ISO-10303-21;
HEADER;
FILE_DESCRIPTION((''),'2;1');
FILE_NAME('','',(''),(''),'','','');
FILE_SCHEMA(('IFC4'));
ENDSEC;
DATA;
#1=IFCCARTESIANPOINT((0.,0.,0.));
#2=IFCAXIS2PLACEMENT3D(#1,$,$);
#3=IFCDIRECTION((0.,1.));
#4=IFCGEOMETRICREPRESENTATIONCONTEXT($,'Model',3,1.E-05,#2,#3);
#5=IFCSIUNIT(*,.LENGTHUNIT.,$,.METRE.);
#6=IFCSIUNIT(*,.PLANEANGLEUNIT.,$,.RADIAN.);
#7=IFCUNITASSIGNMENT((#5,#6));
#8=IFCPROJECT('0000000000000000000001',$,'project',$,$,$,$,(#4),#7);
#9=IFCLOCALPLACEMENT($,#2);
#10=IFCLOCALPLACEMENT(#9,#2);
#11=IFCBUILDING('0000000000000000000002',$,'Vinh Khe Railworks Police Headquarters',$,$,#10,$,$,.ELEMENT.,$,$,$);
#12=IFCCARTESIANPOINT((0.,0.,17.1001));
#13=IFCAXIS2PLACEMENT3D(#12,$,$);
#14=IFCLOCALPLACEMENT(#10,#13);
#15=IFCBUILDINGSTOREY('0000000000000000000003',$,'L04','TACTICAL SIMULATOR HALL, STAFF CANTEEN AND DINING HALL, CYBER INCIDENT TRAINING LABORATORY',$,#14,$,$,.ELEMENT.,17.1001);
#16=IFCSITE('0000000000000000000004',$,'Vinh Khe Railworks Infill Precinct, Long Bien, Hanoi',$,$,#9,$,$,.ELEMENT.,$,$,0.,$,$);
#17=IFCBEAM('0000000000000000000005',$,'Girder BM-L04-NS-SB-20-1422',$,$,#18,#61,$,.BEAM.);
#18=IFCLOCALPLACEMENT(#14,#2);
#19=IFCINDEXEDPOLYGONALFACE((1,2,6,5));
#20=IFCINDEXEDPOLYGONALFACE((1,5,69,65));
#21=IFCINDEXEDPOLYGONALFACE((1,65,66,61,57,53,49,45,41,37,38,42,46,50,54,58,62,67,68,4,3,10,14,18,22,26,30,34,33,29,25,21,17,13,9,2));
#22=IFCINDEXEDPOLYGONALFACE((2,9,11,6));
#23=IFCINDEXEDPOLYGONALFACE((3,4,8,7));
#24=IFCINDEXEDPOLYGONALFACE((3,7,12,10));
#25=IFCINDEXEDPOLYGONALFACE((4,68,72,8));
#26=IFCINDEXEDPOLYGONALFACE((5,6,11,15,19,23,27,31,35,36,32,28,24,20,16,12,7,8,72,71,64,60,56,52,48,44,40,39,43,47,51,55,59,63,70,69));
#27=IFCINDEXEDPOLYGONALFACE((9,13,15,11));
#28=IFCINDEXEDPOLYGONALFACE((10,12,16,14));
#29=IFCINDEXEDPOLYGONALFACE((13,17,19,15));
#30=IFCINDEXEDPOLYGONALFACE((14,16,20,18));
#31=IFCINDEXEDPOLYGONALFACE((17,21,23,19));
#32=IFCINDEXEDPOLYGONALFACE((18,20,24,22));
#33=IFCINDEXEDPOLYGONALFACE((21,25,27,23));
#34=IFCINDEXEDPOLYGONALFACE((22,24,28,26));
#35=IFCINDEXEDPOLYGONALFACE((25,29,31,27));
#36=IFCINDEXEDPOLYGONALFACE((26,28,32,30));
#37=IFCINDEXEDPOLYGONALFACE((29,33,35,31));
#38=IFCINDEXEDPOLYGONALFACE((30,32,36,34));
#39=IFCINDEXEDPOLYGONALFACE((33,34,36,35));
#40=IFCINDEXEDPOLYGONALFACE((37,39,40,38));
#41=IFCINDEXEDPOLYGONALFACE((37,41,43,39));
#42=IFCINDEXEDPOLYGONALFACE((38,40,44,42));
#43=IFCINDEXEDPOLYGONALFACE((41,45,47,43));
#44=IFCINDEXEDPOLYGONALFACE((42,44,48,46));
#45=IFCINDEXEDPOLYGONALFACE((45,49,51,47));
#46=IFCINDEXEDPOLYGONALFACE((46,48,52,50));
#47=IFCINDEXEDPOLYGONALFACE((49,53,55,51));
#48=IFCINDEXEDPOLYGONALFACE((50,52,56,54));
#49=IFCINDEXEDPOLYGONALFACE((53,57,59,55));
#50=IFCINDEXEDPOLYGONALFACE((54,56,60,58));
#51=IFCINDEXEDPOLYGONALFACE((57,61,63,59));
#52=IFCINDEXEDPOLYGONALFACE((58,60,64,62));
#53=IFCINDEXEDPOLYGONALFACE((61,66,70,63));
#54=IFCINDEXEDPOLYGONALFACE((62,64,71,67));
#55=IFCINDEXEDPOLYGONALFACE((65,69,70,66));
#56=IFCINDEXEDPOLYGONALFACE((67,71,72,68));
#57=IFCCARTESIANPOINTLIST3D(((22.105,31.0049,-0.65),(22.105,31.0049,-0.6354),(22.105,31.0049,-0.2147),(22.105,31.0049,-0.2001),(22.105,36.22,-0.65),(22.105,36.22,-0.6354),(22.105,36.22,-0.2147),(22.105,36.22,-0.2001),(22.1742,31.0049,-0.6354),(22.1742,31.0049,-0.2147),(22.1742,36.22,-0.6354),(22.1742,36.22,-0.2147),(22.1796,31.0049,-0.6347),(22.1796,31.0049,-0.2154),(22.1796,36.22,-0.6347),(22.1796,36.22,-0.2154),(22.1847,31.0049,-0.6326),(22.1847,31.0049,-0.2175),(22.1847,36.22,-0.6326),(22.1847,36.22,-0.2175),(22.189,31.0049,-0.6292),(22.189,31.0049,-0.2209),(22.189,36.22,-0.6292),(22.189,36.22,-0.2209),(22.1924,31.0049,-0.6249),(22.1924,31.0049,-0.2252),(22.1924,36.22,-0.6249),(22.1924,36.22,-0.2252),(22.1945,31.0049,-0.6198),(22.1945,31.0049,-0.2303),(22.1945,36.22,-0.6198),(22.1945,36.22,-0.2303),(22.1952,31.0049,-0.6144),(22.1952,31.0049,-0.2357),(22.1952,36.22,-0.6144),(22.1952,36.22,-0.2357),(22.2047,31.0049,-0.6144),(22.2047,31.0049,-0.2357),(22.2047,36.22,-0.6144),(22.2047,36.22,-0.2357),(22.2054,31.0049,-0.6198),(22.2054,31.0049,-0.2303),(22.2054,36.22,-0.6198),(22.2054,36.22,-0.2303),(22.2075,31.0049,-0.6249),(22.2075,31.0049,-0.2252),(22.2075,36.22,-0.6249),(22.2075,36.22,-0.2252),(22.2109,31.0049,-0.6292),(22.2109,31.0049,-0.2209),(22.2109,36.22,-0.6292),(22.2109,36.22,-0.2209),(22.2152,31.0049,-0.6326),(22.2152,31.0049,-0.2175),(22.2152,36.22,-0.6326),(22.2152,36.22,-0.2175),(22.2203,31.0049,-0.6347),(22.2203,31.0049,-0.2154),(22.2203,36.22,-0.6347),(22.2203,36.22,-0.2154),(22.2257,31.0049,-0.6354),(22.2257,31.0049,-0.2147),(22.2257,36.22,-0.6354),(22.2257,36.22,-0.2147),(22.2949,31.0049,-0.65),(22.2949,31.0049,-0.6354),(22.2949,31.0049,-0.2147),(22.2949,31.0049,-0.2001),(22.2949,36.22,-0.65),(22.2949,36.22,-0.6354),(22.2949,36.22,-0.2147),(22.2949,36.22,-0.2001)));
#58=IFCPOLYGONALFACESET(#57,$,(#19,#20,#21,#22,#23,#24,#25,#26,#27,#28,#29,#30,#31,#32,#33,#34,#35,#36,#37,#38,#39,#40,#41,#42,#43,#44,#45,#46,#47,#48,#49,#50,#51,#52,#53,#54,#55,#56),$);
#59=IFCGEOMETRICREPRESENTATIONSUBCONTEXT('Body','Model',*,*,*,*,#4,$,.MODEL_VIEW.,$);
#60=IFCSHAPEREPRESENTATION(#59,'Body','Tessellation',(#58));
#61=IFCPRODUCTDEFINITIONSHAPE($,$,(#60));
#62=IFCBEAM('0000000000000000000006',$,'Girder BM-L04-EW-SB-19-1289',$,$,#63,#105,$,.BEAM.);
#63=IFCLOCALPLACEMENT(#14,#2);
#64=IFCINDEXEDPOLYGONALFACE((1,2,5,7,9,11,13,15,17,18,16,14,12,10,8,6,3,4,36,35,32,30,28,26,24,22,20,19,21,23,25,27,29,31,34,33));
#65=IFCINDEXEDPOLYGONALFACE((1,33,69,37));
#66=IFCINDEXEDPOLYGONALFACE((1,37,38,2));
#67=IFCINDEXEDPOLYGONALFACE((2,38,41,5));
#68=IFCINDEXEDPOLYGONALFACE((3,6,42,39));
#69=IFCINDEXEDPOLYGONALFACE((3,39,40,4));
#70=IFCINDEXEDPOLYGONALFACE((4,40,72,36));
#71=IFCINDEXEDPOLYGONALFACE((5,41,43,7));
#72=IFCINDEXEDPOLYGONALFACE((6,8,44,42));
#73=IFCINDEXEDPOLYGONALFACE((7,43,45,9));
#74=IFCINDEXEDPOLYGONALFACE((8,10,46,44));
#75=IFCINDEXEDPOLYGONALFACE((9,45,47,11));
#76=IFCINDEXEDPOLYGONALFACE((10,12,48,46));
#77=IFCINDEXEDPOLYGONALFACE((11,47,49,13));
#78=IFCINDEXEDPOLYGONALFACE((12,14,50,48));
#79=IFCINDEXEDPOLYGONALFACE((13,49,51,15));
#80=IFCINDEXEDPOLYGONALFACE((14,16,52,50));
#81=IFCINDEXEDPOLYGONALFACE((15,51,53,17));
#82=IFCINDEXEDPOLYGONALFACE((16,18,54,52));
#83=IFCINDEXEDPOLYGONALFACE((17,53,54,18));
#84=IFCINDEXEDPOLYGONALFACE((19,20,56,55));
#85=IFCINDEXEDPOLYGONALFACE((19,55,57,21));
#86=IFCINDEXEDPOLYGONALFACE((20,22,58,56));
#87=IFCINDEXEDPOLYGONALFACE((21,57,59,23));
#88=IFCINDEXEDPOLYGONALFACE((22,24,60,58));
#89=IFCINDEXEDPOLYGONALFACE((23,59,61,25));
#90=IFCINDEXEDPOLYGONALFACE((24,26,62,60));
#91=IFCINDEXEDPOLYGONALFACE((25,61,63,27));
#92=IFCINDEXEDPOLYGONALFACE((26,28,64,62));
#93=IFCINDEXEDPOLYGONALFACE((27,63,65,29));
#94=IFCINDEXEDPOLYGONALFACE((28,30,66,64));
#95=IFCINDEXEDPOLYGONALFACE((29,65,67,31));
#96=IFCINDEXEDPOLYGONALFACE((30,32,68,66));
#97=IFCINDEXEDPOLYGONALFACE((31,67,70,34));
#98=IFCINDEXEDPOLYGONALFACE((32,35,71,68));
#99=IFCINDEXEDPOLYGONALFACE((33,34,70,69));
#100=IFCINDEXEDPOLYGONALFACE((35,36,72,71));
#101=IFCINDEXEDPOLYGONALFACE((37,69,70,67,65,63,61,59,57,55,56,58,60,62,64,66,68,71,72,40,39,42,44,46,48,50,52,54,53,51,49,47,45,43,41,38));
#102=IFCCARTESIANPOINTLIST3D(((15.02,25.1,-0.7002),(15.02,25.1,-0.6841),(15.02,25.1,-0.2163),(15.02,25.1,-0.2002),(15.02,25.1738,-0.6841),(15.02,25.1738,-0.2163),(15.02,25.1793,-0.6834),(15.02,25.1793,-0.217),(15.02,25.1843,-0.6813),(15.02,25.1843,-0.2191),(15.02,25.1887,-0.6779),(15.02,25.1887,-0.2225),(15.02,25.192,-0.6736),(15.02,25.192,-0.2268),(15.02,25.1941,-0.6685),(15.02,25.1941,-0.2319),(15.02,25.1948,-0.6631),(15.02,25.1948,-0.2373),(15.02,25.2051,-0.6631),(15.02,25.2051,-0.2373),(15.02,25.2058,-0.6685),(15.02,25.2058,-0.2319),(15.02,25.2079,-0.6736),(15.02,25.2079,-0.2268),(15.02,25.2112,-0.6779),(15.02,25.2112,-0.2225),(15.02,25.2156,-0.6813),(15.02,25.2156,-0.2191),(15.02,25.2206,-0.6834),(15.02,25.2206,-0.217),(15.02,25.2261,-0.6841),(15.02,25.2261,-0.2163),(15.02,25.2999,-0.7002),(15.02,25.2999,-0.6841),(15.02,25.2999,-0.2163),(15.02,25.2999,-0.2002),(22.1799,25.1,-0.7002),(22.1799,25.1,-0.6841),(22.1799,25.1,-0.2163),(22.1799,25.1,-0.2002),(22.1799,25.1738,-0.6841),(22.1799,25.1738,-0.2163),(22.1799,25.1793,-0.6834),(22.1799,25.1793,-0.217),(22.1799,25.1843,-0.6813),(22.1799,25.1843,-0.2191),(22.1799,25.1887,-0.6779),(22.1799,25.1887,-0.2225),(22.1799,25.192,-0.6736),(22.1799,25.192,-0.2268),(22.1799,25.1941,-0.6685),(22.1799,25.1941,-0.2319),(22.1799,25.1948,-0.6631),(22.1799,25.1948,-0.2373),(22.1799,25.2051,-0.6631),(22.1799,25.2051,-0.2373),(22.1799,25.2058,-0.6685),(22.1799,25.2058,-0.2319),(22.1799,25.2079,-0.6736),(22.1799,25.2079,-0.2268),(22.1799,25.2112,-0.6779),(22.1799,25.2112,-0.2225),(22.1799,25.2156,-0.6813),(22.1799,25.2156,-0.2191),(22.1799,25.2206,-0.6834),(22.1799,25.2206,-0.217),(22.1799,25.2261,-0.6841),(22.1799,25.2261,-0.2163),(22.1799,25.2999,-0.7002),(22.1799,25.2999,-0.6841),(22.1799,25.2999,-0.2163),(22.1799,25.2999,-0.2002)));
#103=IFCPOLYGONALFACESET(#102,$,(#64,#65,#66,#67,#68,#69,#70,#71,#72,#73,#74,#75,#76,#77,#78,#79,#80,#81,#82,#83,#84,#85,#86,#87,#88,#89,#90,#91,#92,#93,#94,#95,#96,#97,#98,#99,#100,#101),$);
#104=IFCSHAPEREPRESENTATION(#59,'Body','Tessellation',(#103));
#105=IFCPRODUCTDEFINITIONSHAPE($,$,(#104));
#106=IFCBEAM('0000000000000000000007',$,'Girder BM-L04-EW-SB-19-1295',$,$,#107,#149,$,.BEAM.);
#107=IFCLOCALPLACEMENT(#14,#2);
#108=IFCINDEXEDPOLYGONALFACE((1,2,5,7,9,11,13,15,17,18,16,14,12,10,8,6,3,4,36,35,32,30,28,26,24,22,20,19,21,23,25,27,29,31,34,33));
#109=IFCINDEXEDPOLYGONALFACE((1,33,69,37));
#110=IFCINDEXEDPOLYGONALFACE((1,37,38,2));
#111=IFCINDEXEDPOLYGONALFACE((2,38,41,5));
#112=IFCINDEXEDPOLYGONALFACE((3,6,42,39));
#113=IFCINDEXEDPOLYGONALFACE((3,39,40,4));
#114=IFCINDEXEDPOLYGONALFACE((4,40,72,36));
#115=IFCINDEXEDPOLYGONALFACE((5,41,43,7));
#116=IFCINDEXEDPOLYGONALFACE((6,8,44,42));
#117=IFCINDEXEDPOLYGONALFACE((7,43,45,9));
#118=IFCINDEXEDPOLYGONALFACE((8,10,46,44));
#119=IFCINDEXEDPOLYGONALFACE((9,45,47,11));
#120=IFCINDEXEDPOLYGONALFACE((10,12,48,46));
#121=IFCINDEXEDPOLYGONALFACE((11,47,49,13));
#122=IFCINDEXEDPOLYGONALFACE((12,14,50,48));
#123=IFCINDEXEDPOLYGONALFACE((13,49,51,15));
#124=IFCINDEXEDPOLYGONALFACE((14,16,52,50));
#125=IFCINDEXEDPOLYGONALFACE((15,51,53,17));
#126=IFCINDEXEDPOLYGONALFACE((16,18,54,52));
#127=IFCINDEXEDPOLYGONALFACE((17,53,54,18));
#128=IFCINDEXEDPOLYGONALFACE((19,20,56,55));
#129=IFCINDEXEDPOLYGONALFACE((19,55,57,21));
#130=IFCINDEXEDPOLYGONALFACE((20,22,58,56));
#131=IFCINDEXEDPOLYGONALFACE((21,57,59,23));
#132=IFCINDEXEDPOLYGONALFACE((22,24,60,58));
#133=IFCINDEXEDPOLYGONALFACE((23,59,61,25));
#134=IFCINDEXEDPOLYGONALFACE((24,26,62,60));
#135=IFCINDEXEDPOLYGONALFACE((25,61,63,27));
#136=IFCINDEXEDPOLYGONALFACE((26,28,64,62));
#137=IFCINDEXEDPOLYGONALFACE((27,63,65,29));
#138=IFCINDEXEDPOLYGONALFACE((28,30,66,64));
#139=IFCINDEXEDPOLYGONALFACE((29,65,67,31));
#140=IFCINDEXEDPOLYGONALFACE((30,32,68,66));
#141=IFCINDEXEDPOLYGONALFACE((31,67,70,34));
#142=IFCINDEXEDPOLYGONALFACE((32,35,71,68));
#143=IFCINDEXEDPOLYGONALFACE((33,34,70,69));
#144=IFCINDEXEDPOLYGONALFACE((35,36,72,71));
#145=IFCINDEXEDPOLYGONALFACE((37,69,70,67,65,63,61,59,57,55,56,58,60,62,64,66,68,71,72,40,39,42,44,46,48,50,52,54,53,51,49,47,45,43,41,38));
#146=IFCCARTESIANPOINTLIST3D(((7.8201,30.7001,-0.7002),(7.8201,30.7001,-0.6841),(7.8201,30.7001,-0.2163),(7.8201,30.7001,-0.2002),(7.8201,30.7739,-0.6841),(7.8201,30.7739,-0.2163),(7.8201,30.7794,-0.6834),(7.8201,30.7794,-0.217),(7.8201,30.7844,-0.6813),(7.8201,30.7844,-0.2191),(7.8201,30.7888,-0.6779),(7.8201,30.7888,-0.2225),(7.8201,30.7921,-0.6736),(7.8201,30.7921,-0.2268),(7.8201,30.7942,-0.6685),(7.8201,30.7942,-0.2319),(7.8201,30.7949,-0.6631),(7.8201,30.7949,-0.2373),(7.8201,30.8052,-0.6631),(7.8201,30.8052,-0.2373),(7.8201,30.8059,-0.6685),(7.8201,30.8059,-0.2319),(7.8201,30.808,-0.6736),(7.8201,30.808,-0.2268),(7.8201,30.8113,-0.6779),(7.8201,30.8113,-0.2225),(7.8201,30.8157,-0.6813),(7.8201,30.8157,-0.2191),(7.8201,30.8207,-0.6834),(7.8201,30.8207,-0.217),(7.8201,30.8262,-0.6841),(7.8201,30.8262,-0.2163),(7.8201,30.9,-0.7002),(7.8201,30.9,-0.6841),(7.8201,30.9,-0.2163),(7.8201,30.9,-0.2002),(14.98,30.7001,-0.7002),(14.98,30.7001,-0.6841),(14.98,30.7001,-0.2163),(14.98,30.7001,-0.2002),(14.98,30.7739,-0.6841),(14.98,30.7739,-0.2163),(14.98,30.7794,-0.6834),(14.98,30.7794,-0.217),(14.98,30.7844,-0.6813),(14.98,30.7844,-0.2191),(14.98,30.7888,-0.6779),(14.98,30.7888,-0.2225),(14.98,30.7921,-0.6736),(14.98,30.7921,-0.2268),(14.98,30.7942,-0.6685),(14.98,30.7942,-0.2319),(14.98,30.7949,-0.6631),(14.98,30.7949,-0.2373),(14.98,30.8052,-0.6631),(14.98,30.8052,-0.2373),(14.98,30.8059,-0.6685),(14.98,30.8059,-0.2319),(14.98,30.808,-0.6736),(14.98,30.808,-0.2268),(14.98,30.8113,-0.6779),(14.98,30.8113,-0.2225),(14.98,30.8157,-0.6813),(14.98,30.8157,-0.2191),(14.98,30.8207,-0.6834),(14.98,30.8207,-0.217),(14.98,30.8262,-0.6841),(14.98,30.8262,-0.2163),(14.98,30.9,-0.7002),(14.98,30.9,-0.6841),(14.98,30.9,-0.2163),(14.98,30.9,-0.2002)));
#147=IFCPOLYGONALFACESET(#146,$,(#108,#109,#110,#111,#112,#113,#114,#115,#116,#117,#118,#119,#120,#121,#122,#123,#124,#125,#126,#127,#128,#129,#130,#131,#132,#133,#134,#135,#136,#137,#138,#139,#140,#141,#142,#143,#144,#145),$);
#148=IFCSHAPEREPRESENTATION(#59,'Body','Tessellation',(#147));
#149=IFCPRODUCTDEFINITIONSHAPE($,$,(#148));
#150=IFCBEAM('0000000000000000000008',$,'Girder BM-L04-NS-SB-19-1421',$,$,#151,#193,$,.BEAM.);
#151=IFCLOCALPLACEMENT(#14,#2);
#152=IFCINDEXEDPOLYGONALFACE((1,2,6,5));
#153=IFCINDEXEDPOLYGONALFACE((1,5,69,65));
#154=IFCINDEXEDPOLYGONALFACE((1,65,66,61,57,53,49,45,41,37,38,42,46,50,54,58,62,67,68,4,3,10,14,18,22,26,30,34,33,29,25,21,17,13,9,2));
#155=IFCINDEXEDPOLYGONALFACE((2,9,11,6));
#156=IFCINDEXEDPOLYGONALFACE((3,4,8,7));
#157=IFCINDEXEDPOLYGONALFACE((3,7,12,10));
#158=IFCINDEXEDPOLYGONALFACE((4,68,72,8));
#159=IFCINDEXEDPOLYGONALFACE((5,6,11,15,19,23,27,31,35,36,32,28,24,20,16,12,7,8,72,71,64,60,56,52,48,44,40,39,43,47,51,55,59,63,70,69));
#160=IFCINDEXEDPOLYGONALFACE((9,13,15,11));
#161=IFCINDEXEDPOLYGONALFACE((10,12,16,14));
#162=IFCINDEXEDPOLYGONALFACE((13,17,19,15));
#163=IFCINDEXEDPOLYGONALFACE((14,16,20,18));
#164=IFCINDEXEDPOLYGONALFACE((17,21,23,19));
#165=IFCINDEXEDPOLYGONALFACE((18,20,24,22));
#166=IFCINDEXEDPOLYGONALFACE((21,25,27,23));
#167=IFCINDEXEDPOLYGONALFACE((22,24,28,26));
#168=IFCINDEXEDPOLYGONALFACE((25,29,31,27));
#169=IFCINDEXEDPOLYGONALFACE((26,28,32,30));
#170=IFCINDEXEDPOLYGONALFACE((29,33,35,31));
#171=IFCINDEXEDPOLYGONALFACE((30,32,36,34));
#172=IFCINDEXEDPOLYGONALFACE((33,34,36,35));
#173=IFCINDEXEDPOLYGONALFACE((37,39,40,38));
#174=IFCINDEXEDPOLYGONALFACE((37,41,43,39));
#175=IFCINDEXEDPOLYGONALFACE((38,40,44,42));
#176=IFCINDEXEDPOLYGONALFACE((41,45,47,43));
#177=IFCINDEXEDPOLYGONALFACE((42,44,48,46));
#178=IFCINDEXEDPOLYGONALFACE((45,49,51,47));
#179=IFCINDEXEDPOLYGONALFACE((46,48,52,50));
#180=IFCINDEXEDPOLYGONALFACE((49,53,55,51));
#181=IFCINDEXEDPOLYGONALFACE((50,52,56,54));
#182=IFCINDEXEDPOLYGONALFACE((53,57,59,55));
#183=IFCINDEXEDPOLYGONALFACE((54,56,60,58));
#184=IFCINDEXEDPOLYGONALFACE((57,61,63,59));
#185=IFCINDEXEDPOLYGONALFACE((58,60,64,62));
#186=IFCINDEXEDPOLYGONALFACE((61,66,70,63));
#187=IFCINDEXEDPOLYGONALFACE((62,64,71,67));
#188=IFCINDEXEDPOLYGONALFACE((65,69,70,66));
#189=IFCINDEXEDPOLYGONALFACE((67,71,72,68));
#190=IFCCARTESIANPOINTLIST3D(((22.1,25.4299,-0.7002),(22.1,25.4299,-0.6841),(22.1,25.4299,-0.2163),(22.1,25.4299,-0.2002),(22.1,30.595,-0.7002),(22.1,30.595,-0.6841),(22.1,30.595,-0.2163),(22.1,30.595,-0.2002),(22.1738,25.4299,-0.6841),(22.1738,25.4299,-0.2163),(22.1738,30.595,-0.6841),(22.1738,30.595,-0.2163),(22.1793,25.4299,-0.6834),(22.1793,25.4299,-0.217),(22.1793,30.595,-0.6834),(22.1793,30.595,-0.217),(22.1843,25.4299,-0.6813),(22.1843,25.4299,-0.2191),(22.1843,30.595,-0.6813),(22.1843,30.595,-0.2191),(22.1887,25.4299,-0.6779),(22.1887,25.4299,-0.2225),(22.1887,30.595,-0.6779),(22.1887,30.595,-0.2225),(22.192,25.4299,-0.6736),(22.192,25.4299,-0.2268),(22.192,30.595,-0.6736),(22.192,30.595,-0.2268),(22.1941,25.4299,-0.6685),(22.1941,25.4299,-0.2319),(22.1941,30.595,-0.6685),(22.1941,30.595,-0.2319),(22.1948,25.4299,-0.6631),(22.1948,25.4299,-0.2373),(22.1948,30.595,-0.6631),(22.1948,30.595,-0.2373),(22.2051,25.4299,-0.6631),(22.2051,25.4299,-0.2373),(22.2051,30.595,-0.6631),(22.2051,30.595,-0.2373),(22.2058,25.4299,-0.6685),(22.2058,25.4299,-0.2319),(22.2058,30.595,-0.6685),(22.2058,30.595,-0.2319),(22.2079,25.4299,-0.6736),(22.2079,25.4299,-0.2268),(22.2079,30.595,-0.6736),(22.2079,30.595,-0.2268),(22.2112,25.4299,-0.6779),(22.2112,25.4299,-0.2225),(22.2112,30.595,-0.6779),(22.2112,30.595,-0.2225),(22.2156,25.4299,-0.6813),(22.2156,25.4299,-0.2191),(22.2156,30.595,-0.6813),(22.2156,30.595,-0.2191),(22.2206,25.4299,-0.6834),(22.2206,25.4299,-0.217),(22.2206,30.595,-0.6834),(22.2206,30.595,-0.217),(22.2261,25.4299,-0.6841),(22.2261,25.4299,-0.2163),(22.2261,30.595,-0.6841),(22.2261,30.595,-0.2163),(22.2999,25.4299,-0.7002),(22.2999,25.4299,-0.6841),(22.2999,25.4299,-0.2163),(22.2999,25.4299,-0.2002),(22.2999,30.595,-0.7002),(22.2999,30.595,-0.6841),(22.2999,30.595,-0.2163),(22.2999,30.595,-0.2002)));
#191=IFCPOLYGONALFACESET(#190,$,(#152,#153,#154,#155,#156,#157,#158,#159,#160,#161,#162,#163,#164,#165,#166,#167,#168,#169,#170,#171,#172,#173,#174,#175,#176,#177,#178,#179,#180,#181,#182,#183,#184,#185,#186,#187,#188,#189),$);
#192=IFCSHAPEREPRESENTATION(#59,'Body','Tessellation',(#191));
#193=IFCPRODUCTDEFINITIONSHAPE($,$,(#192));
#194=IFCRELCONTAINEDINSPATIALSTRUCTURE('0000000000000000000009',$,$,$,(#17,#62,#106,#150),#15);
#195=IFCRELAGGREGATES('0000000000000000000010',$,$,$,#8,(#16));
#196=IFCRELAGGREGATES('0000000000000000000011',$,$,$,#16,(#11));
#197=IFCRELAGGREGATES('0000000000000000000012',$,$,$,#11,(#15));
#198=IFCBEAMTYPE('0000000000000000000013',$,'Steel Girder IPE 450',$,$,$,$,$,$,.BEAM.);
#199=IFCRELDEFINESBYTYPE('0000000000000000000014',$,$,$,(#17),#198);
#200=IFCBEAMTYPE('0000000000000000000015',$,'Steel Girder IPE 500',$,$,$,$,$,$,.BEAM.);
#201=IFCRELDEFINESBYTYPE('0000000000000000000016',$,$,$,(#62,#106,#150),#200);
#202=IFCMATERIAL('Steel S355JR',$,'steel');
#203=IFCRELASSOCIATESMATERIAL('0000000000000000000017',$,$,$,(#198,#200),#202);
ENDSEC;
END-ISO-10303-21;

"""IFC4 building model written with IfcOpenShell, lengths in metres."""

from ifc_helpers import new_model, si_unit, direction, frame, origin, origin_2d, place, context, subcontext, project, spatial, i_section, extrude, material, material_profile, profile_set, type_object, element, save


model = new_model("IFC4")

# Units and contexts
model_context = context("Model", 3, precision=1e-05, world=origin(), true_north=direction((0.0, 1.0)))
body_context = subcontext(model_context, "Body", "Model", "MODEL_VIEW")
ifc_project = project(units=[si_unit("LENGTHUNIT", "METRE"), si_unit("PLANEANGLEUNIT", "RADIAN")], contexts=[model_context])

# Site, building, storey
site_placement = place(None, origin())
site = spatial("IfcSite", under=ifc_project, at=site_placement, Name="Vinh Khe Railworks Infill Precinct, Long Bien, Hanoi", CompositionType="ELEMENT", RefElevation=0.0)
building_placement = place(site_placement, origin())
building = spatial("IfcBuilding", under=site, at=building_placement, Name="Vinh Khe Railworks Police Headquarters", CompositionType="ELEMENT")
storey_placement = place(building_placement, frame((0.0, 0.0, 17.1001)))
storey = spatial("IfcBuildingStorey", under=building, at=storey_placement, Name="L04", Description="TACTICAL SIMULATOR HALL, STAFF CANTEEN AND DINING HALL, CYBER INCIDENT TRAINING LABORATORY", CompositionType="ELEMENT", Elevation=17.1001)

# Shared definitions
ifc_material_1 = material(Name="Steel S355JR", Category="steel")

# Beams
ifc_material_profile_1 = material_profile(ifc_material_1, i_section(OverallWidth=0.1899, OverallDepth=0.45, WebThickness=0.0095, FlangeThickness=0.0146, FilletRadius=0.021, at=origin_2d()), Name="IPE 450")
ifc_profile_set_1 = profile_set([ifc_material_profile_1], Name="Steel S355JR")
beam_type_1 = type_object("IfcBeamType", Name="Steel Girder IPE 450", PredefinedType="BEAM", material=ifc_profile_set_1)
beam_1_placement = place(storey_placement, frame((22.2, 31.0049, -0.425), z_axis=(0.0, 1.0, 0.0), x_axis=(-1.0, 0.0, 0.0)))
element("IfcBeam", 1, at=beam_1_placement, inside=storey, type_object=beam_type_1, Name="Girder BM-L04-NS-SB-20-1422", PredefinedType="BEAM", context=body_context, shape_type="SweptSolid", body=[
    extrude(i_section(OverallWidth=0.1899, OverallDepth=0.45, WebThickness=0.0095, FlangeThickness=0.0146, FilletRadius=0.021, at=origin_2d()), origin(), (0.0, 0.0, 1.0), 5.2151),
])
ifc_material_profile_2 = material_profile(ifc_material_1, i_section(OverallWidth=0.2, OverallDepth=0.5, WebThickness=0.0103, FlangeThickness=0.0161, FilletRadius=0.021, at=origin_2d()), Name="IPE 500")
ifc_profile_set_2 = profile_set([ifc_material_profile_2], Name="Steel S355JR")
beam_type_2 = type_object("IfcBeamType", Name="Steel Girder IPE 500", PredefinedType="BEAM", material=ifc_profile_set_2)
for number, where, z_axis, x_axis, name in (
    (2, (15.02, 25.2, -0.4502), (1.0, 0.0, 0.0), (0.0, 1.0, 0.0), "Girder BM-L04-EW-SB-19-1289"),
    (3, (7.8201, 30.8, -0.4502), (1.0, 0.0, 0.0), (0.0, 1.0, 0.0), "Girder BM-L04-EW-SB-19-1295"),
):
    element("IfcBeam", number, at=place(storey_placement, frame(where, z_axis=z_axis, x_axis=x_axis)), inside=storey, type_object=beam_type_2, Name=name, PredefinedType="BEAM", context=body_context, shape_type="SweptSolid", body=[
        extrude(i_section(OverallWidth=0.2, OverallDepth=0.5, WebThickness=0.0103, FlangeThickness=0.0161, FilletRadius=0.021, at=origin_2d()), origin(), (0.0, 0.0, 1.0), 7.1599),
    ])
beam_2_placement = place(storey_placement, frame((22.2, 25.4299, -0.4502), z_axis=(0.0, 1.0, 0.0), x_axis=(-1.0, 0.0, 0.0)))
element("IfcBeam", 4, at=beam_2_placement, inside=storey, type_object=beam_type_2, Name="Girder BM-L04-NS-SB-19-1421", PredefinedType="BEAM", context=body_context, shape_type="SweptSolid", body=[
    extrude(i_section(OverallWidth=0.2, OverallDepth=0.5, WebThickness=0.0103, FlangeThickness=0.0161, FilletRadius=0.021, at=origin_2d()), origin(), (0.0, 0.0, 1.0), 5.165),
])

save(model, "model.ifc")
